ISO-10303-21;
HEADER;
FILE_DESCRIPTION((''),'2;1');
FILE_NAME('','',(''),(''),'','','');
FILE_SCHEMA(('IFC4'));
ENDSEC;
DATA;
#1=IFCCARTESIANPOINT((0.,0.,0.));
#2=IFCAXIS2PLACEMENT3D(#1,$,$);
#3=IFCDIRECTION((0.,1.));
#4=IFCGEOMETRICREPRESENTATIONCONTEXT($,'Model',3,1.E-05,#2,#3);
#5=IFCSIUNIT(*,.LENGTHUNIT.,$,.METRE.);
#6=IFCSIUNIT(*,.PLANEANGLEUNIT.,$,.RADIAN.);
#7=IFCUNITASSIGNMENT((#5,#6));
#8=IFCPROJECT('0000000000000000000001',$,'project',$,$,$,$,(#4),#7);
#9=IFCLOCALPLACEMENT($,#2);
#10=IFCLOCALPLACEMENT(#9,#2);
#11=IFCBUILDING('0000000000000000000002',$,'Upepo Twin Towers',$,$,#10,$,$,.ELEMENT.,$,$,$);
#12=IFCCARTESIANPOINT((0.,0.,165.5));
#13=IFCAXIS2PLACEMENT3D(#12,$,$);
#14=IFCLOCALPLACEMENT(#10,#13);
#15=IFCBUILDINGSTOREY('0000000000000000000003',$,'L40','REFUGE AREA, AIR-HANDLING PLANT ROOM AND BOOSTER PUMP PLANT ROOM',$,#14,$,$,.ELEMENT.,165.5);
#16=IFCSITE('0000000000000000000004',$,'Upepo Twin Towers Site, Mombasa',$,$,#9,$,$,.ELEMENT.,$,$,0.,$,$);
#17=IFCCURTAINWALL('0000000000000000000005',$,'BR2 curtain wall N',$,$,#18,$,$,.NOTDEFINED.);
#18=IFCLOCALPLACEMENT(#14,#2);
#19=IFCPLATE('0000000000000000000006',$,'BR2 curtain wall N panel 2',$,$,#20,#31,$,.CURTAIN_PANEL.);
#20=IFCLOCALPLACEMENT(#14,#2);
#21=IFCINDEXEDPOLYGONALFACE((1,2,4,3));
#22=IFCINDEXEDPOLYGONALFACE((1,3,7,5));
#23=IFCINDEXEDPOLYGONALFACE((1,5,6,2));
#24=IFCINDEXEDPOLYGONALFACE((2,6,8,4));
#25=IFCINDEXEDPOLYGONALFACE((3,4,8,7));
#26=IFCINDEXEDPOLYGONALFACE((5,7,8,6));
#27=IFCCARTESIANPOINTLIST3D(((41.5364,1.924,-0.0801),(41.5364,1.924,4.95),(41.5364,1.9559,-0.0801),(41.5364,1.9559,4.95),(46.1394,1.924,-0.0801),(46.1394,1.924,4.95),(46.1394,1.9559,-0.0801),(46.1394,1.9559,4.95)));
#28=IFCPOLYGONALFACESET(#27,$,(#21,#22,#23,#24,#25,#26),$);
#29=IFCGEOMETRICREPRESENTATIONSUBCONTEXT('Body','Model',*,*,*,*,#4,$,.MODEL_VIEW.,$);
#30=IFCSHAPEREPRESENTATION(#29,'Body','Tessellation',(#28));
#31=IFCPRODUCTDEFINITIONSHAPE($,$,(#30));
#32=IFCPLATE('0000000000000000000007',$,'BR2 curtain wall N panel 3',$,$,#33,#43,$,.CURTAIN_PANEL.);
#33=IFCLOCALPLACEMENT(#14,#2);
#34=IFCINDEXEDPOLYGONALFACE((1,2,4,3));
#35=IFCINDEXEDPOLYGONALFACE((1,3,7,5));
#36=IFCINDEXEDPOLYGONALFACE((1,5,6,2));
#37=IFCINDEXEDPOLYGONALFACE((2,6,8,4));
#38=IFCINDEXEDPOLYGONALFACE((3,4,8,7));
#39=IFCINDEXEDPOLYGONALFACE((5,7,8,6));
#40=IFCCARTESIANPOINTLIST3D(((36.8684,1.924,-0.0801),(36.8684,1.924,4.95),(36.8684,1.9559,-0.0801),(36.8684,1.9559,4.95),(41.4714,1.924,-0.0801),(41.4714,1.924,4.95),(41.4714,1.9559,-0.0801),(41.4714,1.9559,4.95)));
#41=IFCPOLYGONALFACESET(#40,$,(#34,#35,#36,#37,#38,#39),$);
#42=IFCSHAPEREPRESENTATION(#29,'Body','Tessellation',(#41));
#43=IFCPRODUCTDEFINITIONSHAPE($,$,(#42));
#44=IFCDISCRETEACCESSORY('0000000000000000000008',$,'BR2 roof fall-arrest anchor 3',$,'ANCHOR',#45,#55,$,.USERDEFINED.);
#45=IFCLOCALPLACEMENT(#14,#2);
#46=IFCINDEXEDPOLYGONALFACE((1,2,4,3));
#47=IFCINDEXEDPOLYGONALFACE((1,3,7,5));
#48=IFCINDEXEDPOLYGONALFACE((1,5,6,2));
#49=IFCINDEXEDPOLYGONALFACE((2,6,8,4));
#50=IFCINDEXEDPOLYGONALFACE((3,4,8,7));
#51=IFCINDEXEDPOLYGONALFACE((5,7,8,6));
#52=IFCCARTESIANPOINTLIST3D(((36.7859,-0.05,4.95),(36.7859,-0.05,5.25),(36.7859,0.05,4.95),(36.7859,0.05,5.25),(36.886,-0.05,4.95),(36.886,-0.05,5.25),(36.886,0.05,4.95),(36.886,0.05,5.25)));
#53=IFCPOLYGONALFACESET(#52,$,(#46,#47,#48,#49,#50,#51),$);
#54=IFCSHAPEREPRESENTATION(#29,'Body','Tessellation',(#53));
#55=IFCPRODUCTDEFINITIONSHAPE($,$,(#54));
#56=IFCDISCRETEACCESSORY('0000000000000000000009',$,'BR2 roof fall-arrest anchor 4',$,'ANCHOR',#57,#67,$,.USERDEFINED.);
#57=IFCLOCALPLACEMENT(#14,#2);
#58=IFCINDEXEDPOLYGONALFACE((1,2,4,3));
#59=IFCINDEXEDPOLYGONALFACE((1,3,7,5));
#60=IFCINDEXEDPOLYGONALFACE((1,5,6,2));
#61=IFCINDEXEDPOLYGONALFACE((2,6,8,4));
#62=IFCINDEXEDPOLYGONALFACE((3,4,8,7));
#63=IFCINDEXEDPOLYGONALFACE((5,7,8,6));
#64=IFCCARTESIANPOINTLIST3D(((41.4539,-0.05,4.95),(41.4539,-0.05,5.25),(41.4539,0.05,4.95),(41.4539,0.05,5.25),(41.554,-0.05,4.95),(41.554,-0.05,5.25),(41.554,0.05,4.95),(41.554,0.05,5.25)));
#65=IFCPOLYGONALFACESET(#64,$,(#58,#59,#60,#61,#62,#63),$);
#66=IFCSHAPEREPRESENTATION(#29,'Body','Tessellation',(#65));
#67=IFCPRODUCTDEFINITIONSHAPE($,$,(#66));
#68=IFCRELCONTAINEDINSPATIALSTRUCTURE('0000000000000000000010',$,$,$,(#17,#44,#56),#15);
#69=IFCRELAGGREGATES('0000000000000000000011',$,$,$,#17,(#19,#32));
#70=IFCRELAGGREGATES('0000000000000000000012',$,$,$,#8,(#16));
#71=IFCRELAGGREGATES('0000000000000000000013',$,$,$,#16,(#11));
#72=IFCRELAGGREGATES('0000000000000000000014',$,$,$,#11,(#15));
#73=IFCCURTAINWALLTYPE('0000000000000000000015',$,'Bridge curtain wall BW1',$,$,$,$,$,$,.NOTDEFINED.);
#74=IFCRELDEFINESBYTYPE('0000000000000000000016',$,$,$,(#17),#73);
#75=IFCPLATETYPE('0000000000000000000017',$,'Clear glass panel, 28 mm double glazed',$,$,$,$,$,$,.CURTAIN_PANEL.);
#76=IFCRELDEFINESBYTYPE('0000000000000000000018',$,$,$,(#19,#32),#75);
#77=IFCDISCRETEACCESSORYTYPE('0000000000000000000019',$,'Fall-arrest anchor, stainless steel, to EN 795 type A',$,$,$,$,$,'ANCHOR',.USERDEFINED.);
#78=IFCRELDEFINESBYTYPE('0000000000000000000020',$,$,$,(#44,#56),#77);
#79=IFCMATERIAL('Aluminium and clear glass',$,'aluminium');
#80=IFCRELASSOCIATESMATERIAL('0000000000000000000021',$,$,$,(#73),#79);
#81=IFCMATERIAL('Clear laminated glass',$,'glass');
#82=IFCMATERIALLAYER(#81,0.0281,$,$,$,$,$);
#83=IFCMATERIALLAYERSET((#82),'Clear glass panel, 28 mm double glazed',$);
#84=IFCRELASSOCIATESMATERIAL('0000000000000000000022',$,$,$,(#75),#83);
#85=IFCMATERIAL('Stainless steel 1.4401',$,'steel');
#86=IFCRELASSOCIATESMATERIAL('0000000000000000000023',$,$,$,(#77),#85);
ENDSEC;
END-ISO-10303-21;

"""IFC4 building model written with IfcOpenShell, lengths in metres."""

from ifc_helpers import new_model, si_unit, direction, frame, origin, origin_2d, place, context, subcontext, project, spatial, rectangle, extrude, material, layer, layer_set, material_profile, profile_set, type_object, element, aggregate, save


model = new_model("IFC4")

# Units and contexts
model_context = context("Model", 3, precision=1e-05, world=origin(), true_north=direction((0.0, 1.0)))
body_context = subcontext(model_context, "Body", "Model", "MODEL_VIEW")
ifc_project = project(units=[si_unit("LENGTHUNIT", "METRE"), si_unit("PLANEANGLEUNIT", "RADIAN")], contexts=[model_context])

# Site, building, storey
site_placement = place(None, origin())
site = spatial("IfcSite", under=ifc_project, at=site_placement, Name="Upepo Twin Towers Site, Mombasa", CompositionType="ELEMENT", RefElevation=0.0)
building_placement = place(site_placement, origin())
building = spatial("IfcBuilding", under=site, at=building_placement, Name="Upepo Twin Towers", CompositionType="ELEMENT")
storey_placement = place(building_placement, frame((0.0, 0.0, 165.5)))
storey = spatial("IfcBuildingStorey", under=building, at=storey_placement, Name="L40", Description="REFUGE AREA, AIR-HANDLING PLANT ROOM AND BOOSTER PUMP PLANT ROOM", CompositionType="ELEMENT", Elevation=165.5)

# Curtain wall, plates
ifc_material_1 = material(Name="Aluminium and clear glass", Category="aluminium")
curtain_wall_type = type_object("IfcCurtainWallType", Name="Bridge curtain wall BW1", PredefinedType="NOTDEFINED", material=ifc_material_1)
curtain_wall_placement = place(storey_placement, origin())
curtain_wall = element("IfcCurtainWall", 1, at=curtain_wall_placement, inside=storey, type_object=curtain_wall_type, Name="BR2 curtain wall N", PredefinedType="NOTDEFINED")
ifc_material_2 = material(Name="Clear laminated glass", Category="glass")
ifc_layer = layer(ifc_material_2, 0.0281)
ifc_layer_set = layer_set([ifc_layer], Name="Clear glass panel, 28 mm double glazed")
plate_type = type_object("IfcPlateType", Name="Clear glass panel, 28 mm double glazed", PredefinedType="CURTAIN_PANEL", material=ifc_layer_set)
plate_1_placement = place(storey_placement, frame((43.8379, 1.9399, -0.0801), z_axis=(0.0, 0.0, 1.0), x_axis=(-1.0, 0.0, 0.0)))
plate_1 = element("IfcPlate", 2, at=plate_1_placement, type_object=plate_type, Name="BR2 curtain wall N panel 2", PredefinedType="CURTAIN_PANEL", context=body_context, shape_type="SweptSolid", body=[
    extrude(rectangle(XDim=4.603, YDim=0.032, at=origin_2d()), origin(), (0.0, 0.0, 1.0), 5.03),
])
plate_2_placement = place(storey_placement, frame((39.1699, 1.9399, -0.0801), z_axis=(0.0, 0.0, 1.0), x_axis=(-1.0, 0.0, 0.0)))
plate_2 = element("IfcPlate", 3, at=plate_2_placement, type_object=plate_type, Name="BR2 curtain wall N panel 3", PredefinedType="CURTAIN_PANEL", context=body_context, shape_type="SweptSolid", body=[
    extrude(rectangle(XDim=4.603, YDim=0.032, at=origin_2d()), origin(), (0.0, 0.0, 1.0), 5.03),
])
aggregate(curtain_wall, [plate_1, plate_2])

# Discrete accessories
ifc_material_3 = material(Name="Stainless steel 1.4401", Category="steel")
ifc_material_profile_1 = material_profile(ifc_material_3, rectangle(XDim=0.1001, YDim=0.1001, at=origin_2d()), Name="ANCHOR POST 100x100")
ifc_profile_set_1 = profile_set([ifc_material_profile_1], Name="Stainless steel 1.4401")
discrete_accessory_type = type_object("IfcDiscreteAccessoryType", Name="Fall-arrest anchor, stainless steel, to EN 795 type A", ElementType="ANCHOR", PredefinedType="USERDEFINED", material=ifc_profile_set_1)
for number, where, z_axis, x_axis, name in (
    (4, (36.8359, 0.0, 4.95), (0.0, 0.0, 1.0), (1.0, 0.0, 0.0), "BR2 roof fall-arrest anchor 3"),
    (5, (41.5039, 0.0, 4.95), (0.0, 0.0, 1.0), (1.0, 0.0, 0.0), "BR2 roof fall-arrest anchor 4"),
):
    element("IfcDiscreteAccessory", number, at=place(storey_placement, frame(where, z_axis=z_axis, x_axis=x_axis)), inside=storey, type_object=discrete_accessory_type, Name=name, ObjectType="ANCHOR", PredefinedType="USERDEFINED", context=body_context, shape_type="SweptSolid", body=[
        extrude(rectangle(XDim=0.1001, YDim=0.1001, at=origin_2d()), origin(), (0.0, 0.0, 1.0), 0.3),
    ])

save(model, "model.ifc")
